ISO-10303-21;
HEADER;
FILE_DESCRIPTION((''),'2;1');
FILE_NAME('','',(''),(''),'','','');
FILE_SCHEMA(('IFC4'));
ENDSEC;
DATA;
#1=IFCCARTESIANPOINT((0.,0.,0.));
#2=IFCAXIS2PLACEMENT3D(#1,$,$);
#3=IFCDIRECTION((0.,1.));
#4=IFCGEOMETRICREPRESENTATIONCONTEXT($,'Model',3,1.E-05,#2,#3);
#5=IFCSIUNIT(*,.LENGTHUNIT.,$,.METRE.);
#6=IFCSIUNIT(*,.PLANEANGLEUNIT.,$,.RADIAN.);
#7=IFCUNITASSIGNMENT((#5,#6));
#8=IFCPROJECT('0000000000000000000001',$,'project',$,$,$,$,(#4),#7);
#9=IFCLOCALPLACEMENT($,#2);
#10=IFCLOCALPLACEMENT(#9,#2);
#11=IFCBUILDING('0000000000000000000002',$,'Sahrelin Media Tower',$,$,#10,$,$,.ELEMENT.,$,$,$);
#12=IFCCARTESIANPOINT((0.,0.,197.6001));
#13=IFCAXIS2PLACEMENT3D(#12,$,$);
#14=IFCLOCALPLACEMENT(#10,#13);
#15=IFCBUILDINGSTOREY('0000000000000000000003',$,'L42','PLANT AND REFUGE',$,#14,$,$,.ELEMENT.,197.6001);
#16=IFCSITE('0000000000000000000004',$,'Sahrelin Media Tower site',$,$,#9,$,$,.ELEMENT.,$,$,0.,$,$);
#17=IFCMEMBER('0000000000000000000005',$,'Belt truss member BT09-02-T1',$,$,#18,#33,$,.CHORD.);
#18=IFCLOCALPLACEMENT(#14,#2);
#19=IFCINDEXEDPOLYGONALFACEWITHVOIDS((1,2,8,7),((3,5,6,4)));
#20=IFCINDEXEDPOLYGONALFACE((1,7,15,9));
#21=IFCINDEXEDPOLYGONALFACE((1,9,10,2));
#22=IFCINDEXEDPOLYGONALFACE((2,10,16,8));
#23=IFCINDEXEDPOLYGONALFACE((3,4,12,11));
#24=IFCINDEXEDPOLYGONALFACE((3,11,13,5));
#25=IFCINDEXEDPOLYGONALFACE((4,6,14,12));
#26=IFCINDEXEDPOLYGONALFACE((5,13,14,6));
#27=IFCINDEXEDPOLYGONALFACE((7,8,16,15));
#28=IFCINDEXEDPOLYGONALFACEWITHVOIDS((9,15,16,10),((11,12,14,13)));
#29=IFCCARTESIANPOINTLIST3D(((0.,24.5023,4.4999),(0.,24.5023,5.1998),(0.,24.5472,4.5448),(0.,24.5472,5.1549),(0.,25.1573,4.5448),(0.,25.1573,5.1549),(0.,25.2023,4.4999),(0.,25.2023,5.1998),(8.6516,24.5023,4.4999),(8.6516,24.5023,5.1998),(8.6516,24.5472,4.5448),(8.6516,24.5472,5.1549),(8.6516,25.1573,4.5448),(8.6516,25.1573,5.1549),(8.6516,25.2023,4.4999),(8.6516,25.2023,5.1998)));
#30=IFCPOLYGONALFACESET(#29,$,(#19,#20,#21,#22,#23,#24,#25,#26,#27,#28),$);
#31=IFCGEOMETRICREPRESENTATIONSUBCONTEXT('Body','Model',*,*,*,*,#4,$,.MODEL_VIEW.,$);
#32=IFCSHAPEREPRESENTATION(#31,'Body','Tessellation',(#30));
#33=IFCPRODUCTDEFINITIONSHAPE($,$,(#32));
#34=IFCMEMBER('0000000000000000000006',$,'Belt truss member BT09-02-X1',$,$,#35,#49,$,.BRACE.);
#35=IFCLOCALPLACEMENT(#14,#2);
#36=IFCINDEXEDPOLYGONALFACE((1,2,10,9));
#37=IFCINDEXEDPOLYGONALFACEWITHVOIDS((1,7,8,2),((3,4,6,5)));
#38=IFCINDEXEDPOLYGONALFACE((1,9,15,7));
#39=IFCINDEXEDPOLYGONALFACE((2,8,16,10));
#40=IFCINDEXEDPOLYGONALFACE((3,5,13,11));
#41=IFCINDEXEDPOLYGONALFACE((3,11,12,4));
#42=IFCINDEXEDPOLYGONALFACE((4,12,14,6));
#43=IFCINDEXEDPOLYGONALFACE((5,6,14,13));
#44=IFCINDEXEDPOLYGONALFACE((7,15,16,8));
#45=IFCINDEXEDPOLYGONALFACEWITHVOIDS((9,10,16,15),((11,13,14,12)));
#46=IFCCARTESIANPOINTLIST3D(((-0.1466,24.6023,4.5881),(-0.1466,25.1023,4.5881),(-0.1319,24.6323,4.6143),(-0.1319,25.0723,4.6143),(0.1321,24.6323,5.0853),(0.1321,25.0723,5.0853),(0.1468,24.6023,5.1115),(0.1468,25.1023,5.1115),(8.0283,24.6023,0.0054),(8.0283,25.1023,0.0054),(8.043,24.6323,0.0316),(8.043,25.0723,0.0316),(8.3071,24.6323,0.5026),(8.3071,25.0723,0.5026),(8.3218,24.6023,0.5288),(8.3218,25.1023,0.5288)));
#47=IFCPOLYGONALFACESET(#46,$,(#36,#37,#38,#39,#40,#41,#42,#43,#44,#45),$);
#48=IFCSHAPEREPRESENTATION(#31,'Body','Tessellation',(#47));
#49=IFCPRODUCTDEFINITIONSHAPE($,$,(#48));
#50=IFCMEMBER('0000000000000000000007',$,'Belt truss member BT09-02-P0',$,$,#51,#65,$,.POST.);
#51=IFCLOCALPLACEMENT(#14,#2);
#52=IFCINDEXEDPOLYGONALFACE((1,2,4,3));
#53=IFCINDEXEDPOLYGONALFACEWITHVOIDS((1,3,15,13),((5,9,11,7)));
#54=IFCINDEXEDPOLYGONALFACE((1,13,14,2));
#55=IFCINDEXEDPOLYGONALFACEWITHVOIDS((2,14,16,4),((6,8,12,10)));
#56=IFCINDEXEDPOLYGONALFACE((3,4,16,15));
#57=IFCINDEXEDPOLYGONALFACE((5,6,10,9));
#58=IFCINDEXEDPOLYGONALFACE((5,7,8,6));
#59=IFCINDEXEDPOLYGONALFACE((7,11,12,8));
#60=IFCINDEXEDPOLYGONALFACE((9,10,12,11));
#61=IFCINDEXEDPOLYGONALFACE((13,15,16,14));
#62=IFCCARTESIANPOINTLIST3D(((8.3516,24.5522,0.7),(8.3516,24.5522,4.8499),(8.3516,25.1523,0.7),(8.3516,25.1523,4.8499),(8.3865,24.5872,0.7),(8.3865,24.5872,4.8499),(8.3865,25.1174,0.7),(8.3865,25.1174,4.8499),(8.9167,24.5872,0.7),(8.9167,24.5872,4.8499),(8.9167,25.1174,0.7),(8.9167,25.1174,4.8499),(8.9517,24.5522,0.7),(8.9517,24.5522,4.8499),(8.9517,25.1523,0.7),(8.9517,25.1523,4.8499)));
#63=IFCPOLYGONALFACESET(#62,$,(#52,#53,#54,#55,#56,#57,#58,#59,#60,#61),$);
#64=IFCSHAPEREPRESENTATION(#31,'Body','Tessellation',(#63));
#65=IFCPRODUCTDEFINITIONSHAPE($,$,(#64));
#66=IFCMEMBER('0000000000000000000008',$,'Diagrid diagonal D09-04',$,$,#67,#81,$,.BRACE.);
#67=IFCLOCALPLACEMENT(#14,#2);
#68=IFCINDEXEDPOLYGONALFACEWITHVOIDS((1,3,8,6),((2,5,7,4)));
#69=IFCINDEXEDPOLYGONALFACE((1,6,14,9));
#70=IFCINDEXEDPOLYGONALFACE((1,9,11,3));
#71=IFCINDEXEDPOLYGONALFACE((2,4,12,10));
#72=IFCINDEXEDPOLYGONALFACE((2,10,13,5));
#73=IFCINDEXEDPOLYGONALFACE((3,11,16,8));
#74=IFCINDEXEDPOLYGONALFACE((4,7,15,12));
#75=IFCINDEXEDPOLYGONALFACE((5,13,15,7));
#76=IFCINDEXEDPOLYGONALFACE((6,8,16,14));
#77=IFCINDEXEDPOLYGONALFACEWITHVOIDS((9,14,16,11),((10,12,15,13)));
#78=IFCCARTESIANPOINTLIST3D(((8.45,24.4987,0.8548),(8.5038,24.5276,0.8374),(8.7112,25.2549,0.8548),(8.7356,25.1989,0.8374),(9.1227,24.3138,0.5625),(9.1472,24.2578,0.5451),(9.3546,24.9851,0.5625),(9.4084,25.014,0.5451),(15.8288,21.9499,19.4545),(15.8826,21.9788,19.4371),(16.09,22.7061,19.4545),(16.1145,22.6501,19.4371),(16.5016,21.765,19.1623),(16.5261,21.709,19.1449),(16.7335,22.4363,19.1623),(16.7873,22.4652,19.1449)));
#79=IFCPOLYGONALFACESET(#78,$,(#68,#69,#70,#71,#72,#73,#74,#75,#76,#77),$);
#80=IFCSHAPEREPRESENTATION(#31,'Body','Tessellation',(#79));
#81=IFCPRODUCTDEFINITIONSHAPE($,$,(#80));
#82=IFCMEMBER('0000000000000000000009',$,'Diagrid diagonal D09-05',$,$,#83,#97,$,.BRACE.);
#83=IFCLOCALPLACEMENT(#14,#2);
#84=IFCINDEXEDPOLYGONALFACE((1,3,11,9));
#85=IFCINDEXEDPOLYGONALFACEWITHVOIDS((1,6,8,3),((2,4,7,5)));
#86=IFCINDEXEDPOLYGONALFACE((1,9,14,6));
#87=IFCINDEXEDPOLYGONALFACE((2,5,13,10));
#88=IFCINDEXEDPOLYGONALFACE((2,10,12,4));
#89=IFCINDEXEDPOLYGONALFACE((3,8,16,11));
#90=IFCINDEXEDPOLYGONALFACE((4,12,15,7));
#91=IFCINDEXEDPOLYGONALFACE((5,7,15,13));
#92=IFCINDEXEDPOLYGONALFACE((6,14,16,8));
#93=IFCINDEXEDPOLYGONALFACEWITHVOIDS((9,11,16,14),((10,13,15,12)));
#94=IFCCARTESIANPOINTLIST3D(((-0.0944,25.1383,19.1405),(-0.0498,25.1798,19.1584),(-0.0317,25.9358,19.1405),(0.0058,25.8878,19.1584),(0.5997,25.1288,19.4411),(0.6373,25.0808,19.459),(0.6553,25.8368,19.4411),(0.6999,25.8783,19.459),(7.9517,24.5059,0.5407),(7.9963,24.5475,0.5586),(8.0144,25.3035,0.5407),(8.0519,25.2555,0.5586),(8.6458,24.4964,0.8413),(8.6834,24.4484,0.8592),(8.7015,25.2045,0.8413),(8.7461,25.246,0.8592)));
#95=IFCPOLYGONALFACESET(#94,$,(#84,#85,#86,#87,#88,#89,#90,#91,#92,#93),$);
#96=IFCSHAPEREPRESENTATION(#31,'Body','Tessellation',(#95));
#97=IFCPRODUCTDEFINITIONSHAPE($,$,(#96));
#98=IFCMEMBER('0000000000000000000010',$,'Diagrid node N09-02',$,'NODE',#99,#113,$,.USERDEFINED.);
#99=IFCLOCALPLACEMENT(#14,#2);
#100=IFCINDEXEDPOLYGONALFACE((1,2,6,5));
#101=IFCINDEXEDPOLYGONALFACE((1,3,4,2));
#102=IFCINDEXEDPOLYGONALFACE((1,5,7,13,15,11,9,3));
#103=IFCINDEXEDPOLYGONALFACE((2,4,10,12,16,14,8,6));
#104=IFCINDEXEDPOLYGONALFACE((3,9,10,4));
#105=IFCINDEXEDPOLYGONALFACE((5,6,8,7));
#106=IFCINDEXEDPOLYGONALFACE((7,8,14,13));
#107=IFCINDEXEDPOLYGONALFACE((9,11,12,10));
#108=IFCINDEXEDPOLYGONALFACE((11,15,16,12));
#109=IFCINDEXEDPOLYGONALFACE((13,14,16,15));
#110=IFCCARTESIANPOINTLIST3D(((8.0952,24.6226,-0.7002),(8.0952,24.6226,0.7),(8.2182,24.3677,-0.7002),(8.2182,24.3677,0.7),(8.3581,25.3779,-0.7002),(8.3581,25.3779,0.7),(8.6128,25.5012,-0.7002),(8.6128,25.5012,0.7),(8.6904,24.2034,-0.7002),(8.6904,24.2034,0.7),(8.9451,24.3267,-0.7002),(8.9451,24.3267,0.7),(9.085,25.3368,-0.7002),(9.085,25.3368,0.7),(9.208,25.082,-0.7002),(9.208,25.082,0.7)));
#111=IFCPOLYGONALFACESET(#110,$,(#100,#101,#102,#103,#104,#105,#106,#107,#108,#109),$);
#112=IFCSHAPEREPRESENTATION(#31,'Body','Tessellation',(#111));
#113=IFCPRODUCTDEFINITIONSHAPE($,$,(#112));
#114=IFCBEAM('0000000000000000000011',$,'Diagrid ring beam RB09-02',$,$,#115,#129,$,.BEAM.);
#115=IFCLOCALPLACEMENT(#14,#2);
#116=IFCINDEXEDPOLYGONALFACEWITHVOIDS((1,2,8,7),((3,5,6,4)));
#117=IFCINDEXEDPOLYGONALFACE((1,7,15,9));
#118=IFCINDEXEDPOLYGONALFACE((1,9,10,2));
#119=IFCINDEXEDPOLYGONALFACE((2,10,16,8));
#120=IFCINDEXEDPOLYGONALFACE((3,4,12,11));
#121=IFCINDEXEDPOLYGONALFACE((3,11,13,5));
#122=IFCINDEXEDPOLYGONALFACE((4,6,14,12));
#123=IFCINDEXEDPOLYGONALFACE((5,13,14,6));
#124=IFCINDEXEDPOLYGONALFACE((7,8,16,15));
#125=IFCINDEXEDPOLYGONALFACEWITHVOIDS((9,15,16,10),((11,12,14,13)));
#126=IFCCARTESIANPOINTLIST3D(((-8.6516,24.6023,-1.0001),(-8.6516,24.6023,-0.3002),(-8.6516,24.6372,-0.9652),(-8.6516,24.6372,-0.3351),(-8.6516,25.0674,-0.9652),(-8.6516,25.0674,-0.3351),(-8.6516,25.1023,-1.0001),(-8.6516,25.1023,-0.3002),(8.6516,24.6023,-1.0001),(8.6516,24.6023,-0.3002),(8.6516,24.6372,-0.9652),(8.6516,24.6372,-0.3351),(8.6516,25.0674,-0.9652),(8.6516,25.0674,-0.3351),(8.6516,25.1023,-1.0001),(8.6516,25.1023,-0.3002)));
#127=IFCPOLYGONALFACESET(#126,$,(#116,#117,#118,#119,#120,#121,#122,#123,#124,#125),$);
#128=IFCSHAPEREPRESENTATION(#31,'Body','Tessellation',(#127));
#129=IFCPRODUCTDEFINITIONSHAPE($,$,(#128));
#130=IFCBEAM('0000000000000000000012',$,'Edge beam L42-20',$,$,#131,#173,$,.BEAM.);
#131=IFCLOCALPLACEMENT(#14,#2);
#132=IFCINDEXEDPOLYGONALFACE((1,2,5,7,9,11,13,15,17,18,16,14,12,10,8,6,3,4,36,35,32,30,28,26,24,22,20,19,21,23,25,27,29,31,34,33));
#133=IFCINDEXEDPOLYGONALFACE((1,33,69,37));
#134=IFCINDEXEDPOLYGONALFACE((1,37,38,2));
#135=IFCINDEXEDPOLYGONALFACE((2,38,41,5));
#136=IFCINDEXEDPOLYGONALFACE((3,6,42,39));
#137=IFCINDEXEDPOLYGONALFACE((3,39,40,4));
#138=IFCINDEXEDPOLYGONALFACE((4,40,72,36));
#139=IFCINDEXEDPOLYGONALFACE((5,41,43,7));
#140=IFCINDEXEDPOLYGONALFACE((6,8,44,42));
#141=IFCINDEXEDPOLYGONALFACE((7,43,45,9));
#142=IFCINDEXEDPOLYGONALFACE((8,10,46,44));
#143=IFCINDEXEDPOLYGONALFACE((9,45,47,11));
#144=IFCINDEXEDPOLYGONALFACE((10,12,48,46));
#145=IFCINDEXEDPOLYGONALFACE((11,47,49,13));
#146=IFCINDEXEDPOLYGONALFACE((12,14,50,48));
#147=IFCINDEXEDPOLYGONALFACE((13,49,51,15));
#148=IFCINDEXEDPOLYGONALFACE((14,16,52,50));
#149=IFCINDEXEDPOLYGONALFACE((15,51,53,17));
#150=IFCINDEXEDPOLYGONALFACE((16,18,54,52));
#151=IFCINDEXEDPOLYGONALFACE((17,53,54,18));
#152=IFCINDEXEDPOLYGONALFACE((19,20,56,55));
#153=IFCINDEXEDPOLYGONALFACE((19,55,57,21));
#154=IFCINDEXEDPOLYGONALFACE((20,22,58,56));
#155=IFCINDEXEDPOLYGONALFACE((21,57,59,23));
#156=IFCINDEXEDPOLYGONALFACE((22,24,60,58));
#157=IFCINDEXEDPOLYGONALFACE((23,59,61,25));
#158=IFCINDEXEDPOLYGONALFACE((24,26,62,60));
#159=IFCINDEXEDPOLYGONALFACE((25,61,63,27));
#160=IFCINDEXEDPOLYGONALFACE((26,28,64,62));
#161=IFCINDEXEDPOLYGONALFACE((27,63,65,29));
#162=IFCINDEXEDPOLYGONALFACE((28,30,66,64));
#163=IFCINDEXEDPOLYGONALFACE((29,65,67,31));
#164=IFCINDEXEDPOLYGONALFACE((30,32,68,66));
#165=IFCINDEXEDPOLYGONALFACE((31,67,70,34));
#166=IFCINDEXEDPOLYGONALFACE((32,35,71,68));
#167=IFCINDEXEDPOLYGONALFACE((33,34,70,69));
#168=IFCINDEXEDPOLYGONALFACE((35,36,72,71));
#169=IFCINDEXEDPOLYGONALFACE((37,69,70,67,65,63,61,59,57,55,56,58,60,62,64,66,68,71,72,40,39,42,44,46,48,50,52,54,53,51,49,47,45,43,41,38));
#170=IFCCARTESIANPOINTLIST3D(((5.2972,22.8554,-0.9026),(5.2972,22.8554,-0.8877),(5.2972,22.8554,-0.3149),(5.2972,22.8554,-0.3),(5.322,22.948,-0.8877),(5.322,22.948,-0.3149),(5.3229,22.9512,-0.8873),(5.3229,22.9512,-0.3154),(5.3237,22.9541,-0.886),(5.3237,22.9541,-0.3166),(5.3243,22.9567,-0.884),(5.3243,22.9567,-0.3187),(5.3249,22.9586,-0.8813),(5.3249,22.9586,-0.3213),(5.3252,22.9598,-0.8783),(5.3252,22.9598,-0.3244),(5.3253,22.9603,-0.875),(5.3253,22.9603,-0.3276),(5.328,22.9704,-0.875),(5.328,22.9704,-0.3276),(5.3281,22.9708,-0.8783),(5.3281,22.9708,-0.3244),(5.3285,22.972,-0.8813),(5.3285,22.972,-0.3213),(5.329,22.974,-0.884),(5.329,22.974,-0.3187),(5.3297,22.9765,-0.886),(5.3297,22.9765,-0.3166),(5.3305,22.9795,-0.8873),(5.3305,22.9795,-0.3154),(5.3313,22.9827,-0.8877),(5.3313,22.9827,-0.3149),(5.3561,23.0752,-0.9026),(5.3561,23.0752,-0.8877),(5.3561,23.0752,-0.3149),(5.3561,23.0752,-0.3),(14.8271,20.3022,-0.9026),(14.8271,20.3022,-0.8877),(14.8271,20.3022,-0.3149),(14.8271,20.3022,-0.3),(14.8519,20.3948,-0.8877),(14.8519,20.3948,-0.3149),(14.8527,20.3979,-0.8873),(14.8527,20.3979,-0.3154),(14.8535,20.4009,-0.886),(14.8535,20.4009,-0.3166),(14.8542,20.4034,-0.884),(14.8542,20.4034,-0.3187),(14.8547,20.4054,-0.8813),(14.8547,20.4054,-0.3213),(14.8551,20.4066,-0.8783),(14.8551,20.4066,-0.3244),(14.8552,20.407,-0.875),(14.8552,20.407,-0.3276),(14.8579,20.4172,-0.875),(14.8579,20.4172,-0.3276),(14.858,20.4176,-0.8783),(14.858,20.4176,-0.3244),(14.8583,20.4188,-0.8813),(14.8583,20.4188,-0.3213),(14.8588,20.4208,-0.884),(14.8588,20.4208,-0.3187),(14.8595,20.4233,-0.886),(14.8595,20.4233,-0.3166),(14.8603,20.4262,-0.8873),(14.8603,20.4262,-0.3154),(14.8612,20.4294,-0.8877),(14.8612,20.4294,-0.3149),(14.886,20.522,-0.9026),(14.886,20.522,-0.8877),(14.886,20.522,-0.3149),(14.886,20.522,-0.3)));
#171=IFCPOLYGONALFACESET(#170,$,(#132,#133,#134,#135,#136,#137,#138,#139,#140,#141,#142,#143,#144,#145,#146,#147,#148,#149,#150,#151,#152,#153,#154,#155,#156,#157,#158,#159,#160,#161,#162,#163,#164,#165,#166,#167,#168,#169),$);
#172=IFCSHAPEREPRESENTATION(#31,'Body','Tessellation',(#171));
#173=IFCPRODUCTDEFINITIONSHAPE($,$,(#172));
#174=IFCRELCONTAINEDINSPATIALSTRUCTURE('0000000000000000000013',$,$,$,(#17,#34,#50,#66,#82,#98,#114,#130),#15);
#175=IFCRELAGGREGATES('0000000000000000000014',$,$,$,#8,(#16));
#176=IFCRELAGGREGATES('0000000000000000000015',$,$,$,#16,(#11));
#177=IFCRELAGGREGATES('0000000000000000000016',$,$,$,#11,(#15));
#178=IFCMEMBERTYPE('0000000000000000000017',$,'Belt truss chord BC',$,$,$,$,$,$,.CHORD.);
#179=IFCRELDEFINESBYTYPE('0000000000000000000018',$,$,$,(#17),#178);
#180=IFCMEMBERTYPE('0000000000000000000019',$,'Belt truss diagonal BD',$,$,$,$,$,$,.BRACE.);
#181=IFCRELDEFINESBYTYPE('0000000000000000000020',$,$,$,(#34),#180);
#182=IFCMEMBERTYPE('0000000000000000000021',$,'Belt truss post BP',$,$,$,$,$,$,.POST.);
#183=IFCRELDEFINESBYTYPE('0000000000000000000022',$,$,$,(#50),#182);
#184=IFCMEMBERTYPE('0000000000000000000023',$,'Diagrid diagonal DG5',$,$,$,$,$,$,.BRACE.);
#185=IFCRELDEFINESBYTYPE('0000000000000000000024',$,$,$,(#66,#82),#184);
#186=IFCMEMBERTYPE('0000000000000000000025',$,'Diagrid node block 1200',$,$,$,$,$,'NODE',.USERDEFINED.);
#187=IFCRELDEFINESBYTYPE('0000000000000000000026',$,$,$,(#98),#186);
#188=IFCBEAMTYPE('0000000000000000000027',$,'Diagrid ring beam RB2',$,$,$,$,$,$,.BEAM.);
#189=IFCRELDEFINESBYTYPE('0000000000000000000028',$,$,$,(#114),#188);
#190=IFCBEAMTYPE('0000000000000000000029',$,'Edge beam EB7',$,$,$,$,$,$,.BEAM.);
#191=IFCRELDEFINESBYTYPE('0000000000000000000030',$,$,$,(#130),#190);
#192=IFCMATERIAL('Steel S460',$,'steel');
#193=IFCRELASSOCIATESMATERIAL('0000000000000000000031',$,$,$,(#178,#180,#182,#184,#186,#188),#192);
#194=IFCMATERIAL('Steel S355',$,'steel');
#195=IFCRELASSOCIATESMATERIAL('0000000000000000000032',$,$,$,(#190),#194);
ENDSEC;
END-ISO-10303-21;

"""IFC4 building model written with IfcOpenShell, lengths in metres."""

from ifc_helpers import new_model, si_unit, direction, frame, origin, origin_2d, place, context, subcontext, project, spatial, polyline, hollow_rectangle, i_section, outline, extrude, material, material_profile, profile_set, type_object, element, save


model = new_model("IFC4")

# Units and contexts
model_context = context("Model", 3, precision=1e-05, world=origin(), true_north=direction((0.0, 1.0)))
body_context = subcontext(model_context, "Body", "Model", "MODEL_VIEW")
ifc_project = project(units=[si_unit("LENGTHUNIT", "METRE"), si_unit("PLANEANGLEUNIT", "RADIAN")], contexts=[model_context])

# Site, building, storey
site_placement = place(None, origin())
site = spatial("IfcSite", under=ifc_project, at=site_placement, Name="Sahrelin Media Tower site", CompositionType="ELEMENT", RefElevation=0.0)
building_placement = place(site_placement, origin())
building = spatial("IfcBuilding", under=site, at=building_placement, Name="Sahrelin Media Tower", CompositionType="ELEMENT")
storey_placement = place(building_placement, frame((0.0, 0.0, 197.6001)))
storey = spatial("IfcBuildingStorey", under=building, at=storey_placement, Name="L42", Description="PLANT AND REFUGE", CompositionType="ELEMENT", Elevation=197.6001)

# Members
ifc_material_1 = material(Name="Steel S460", Category="steel")
ifc_material_profile_1 = material_profile(ifc_material_1, hollow_rectangle(XDim=0.7, YDim=0.7, WallThickness=0.0449, at=origin_2d()), Name="Belt truss chord BC")
ifc_profile_set_1 = profile_set([ifc_material_profile_1], Name="Steel S460")
member_type_1 = type_object("IfcMemberType", Name="Belt truss chord BC", PredefinedType="CHORD", material=ifc_profile_set_1)
member_1_placement = place(storey_placement, frame((8.6516, 24.8523, 4.8499), z_axis=(-1.0, 0.0, 0.0), x_axis=(0.0, -1.0, 0.0)))
element("IfcMember", 1, at=member_1_placement, inside=storey, type_object=member_type_1, Name="Belt truss member BT09-02-T1", PredefinedType="CHORD", context=body_context, shape_type="SweptSolid", body=[
    extrude(hollow_rectangle(XDim=0.7, YDim=0.7, WallThickness=0.0449, at=origin_2d()), origin(), (0.0, 0.0, 1.0), 8.6516),
])
ifc_material_profile_2 = material_profile(ifc_material_1, hollow_rectangle(XDim=0.5, YDim=0.6001, WallThickness=0.03, at=origin_2d()), Name="Belt truss diagonal BD")
ifc_profile_set_2 = profile_set([ifc_material_profile_2], Name="Steel S460")
member_type_2 = type_object("IfcMemberType", Name="Belt truss diagonal BD", PredefinedType="BRACE", material=ifc_profile_set_2)
member_2_placement = place(storey_placement, frame((8.175, 24.8523, 0.2671), z_axis=(-0.87229, 0.0, 0.488988), x_axis=(0.0, -1.0, 0.0)))
element("IfcMember", 2, at=member_2_placement, inside=storey, type_object=member_type_2, Name="Belt truss member BT09-02-X1", PredefinedType="BRACE", context=body_context, shape_type="SweptSolid", body=[
    extrude(hollow_rectangle(XDim=0.5, YDim=0.6001, WallThickness=0.03, at=origin_2d()), origin(), (0.0, 0.0, 1.0), 9.3718),
])
ifc_material_profile_3 = material_profile(ifc_material_1, hollow_rectangle(XDim=0.6001, YDim=0.6001, WallThickness=0.0349, at=origin_2d()), Name="Belt truss post BP")
ifc_profile_set_3 = profile_set([ifc_material_profile_3], Name="Steel S460")
member_type_3 = type_object("IfcMemberType", Name="Belt truss post BP", PredefinedType="POST", material=ifc_profile_set_3)
member_3_placement = place(storey_placement, frame((8.6516, 24.8523, 0.7), z_axis=(0.0, 0.0, 1.0), x_axis=(1.0, 0.0, 0.0)))
element("IfcMember", 3, at=member_3_placement, inside=storey, type_object=member_type_3, Name="Belt truss member BT09-02-P0", PredefinedType="POST", context=body_context, shape_type="SweptSolid", body=[
    extrude(hollow_rectangle(XDim=0.6001, YDim=0.6001, WallThickness=0.0349, at=origin_2d()), origin(), (0.0, 0.0, 1.0), 4.1499),
])
ifc_material_profile_4 = material_profile(ifc_material_1, hollow_rectangle(XDim=0.8, YDim=0.8, WallThickness=0.0449, at=origin_2d()), Name="Diagrid diagonal DG5")
ifc_profile_set_4 = profile_set([ifc_material_profile_4], Name="Steel S460")
member_type_4 = type_object("IfcMemberType", Name="Diagrid diagonal DG5", PredefinedType="BRACE", material=ifc_profile_set_4)
member_4_placement = place(storey_placement, frame((8.9292, 24.7563, 0.7), z_axis=(0.365804, -0.126356, 0.922075), x_axis=(0.326492, 0.9452, 0.0)))
element("IfcMember", 4, at=member_4_placement, inside=storey, type_object=member_type_4, Name="Diagrid diagonal D09-04", PredefinedType="BRACE", context=body_context, shape_type="SweptSolid", body=[
    extrude(hollow_rectangle(XDim=0.8, YDim=0.8, WallThickness=0.0449, at=origin_2d()), origin(), (0.0, 0.0, 1.0), 20.1716),
])
member_5_placement = place(storey_placement, frame((8.3489, 24.876, 0.7), z_axis=(-0.396841, 0.031187, 0.917357), x_axis=(-0.078346, -0.996926, 0.0)))
element("IfcMember", 5, at=member_5_placement, inside=storey, type_object=member_type_4, Name="Diagrid diagonal D09-05", PredefinedType="BRACE", context=body_context, shape_type="SweptSolid", body=[
    extrude(hollow_rectangle(XDim=0.8, YDim=0.8, WallThickness=0.0449, at=origin_2d()), origin(), (0.0, 0.0, 1.0), 20.2754),
])
ifc_material_profile_5 = material_profile(ifc_material_1, outline(polyline([(0.3999, -0.45), (0.6001, -0.25), (0.6001, 0.25), (0.3999, 0.45), (-0.3999, 0.45), (-0.6001, 0.25), (-0.6001, -0.25), (-0.3999, -0.45), (0.3999, -0.45)])), Name="Diagrid node block 1200")
ifc_profile_set_5 = profile_set([ifc_material_profile_5], Name="Steel S460")
member_type_5 = type_object("IfcMemberType", Name="Diagrid node block 1200", ElementType="NODE", PredefinedType="USERDEFINED", material=ifc_profile_set_5)
member_6_placement = place(storey_placement, frame((8.6516, 24.8523, -0.7002), z_axis=(0.0, 0.0, 1.0), x_axis=(0.328769, 0.94441, 0.0)))
element("IfcMember", 6, at=member_6_placement, inside=storey, type_object=member_type_5, Name="Diagrid node N09-02", ObjectType="NODE", PredefinedType="USERDEFINED", context=body_context, shape_type="SweptSolid", body=[
    extrude(outline(polyline([(0.3999, -0.45), (0.6001, -0.25), (0.6001, 0.25), (0.3999, 0.45), (-0.3999, 0.45), (-0.6001, 0.25), (-0.6001, -0.25), (-0.3999, -0.45), (0.3999, -0.45)])), origin(), (0.0, 0.0, 1.0), 1.4001),
])

# Beams
ifc_material_profile_6 = material_profile(ifc_material_1, hollow_rectangle(XDim=0.5, YDim=0.7, WallThickness=0.0349, at=origin_2d()), Name="Diagrid ring beam RB2")
ifc_profile_set_6 = profile_set([ifc_material_profile_6], Name="Steel S460")
beam_type_1 = type_object("IfcBeamType", Name="Diagrid ring beam RB2", PredefinedType="BEAM", material=ifc_profile_set_6)
beam_1_placement = place(storey_placement, frame((8.6516, 24.8523, -0.6501), z_axis=(-1.0, 0.0, 0.0), x_axis=(0.0, -1.0, 0.0)))
element("IfcBeam", 7, at=beam_1_placement, inside=storey, type_object=beam_type_1, Name="Diagrid ring beam RB09-02", PredefinedType="BEAM", context=body_context, shape_type="SweptSolid", body=[
    extrude(hollow_rectangle(XDim=0.5, YDim=0.7, WallThickness=0.0349, at=origin_2d()), origin(), (0.0, 0.0, 1.0), 17.3032),
])
ifc_material_2 = material(Name="Steel S355", Category="steel")
ifc_material_profile_7 = material_profile(ifc_material_2, i_section(OverallWidth=0.2275, OverallDepth=0.6025, WebThickness=0.0105, FlangeThickness=0.0149, FilletRadius=0.0127, at=origin_2d()), Name="UB 610x229x101")
ifc_profile_set_7 = profile_set([ifc_material_profile_7], Name="Steel S355")
beam_type_2 = type_object("IfcBeamType", Name="Edge beam EB7", PredefinedType="BEAM", material=ifc_profile_set_7)
beam_2_placement = place(storey_placement, frame((5.3267, 22.9653, -0.6013), z_axis=(0.965933, -0.258793, 0.0), x_axis=(0.258793, 0.965933, 0.0)))
element("IfcBeam", 8, at=beam_2_placement, inside=storey, type_object=beam_type_2, Name="Edge beam L42-20", PredefinedType="BEAM", context=body_context, shape_type="SweptSolid", body=[
    extrude(i_section(OverallWidth=0.2275, OverallDepth=0.6025, WebThickness=0.0105, FlangeThickness=0.0149, FilletRadius=0.0127, at=origin_2d()), origin(), (0.0, 0.0, 1.0), 9.866),
])

save(model, "model.ifc")
